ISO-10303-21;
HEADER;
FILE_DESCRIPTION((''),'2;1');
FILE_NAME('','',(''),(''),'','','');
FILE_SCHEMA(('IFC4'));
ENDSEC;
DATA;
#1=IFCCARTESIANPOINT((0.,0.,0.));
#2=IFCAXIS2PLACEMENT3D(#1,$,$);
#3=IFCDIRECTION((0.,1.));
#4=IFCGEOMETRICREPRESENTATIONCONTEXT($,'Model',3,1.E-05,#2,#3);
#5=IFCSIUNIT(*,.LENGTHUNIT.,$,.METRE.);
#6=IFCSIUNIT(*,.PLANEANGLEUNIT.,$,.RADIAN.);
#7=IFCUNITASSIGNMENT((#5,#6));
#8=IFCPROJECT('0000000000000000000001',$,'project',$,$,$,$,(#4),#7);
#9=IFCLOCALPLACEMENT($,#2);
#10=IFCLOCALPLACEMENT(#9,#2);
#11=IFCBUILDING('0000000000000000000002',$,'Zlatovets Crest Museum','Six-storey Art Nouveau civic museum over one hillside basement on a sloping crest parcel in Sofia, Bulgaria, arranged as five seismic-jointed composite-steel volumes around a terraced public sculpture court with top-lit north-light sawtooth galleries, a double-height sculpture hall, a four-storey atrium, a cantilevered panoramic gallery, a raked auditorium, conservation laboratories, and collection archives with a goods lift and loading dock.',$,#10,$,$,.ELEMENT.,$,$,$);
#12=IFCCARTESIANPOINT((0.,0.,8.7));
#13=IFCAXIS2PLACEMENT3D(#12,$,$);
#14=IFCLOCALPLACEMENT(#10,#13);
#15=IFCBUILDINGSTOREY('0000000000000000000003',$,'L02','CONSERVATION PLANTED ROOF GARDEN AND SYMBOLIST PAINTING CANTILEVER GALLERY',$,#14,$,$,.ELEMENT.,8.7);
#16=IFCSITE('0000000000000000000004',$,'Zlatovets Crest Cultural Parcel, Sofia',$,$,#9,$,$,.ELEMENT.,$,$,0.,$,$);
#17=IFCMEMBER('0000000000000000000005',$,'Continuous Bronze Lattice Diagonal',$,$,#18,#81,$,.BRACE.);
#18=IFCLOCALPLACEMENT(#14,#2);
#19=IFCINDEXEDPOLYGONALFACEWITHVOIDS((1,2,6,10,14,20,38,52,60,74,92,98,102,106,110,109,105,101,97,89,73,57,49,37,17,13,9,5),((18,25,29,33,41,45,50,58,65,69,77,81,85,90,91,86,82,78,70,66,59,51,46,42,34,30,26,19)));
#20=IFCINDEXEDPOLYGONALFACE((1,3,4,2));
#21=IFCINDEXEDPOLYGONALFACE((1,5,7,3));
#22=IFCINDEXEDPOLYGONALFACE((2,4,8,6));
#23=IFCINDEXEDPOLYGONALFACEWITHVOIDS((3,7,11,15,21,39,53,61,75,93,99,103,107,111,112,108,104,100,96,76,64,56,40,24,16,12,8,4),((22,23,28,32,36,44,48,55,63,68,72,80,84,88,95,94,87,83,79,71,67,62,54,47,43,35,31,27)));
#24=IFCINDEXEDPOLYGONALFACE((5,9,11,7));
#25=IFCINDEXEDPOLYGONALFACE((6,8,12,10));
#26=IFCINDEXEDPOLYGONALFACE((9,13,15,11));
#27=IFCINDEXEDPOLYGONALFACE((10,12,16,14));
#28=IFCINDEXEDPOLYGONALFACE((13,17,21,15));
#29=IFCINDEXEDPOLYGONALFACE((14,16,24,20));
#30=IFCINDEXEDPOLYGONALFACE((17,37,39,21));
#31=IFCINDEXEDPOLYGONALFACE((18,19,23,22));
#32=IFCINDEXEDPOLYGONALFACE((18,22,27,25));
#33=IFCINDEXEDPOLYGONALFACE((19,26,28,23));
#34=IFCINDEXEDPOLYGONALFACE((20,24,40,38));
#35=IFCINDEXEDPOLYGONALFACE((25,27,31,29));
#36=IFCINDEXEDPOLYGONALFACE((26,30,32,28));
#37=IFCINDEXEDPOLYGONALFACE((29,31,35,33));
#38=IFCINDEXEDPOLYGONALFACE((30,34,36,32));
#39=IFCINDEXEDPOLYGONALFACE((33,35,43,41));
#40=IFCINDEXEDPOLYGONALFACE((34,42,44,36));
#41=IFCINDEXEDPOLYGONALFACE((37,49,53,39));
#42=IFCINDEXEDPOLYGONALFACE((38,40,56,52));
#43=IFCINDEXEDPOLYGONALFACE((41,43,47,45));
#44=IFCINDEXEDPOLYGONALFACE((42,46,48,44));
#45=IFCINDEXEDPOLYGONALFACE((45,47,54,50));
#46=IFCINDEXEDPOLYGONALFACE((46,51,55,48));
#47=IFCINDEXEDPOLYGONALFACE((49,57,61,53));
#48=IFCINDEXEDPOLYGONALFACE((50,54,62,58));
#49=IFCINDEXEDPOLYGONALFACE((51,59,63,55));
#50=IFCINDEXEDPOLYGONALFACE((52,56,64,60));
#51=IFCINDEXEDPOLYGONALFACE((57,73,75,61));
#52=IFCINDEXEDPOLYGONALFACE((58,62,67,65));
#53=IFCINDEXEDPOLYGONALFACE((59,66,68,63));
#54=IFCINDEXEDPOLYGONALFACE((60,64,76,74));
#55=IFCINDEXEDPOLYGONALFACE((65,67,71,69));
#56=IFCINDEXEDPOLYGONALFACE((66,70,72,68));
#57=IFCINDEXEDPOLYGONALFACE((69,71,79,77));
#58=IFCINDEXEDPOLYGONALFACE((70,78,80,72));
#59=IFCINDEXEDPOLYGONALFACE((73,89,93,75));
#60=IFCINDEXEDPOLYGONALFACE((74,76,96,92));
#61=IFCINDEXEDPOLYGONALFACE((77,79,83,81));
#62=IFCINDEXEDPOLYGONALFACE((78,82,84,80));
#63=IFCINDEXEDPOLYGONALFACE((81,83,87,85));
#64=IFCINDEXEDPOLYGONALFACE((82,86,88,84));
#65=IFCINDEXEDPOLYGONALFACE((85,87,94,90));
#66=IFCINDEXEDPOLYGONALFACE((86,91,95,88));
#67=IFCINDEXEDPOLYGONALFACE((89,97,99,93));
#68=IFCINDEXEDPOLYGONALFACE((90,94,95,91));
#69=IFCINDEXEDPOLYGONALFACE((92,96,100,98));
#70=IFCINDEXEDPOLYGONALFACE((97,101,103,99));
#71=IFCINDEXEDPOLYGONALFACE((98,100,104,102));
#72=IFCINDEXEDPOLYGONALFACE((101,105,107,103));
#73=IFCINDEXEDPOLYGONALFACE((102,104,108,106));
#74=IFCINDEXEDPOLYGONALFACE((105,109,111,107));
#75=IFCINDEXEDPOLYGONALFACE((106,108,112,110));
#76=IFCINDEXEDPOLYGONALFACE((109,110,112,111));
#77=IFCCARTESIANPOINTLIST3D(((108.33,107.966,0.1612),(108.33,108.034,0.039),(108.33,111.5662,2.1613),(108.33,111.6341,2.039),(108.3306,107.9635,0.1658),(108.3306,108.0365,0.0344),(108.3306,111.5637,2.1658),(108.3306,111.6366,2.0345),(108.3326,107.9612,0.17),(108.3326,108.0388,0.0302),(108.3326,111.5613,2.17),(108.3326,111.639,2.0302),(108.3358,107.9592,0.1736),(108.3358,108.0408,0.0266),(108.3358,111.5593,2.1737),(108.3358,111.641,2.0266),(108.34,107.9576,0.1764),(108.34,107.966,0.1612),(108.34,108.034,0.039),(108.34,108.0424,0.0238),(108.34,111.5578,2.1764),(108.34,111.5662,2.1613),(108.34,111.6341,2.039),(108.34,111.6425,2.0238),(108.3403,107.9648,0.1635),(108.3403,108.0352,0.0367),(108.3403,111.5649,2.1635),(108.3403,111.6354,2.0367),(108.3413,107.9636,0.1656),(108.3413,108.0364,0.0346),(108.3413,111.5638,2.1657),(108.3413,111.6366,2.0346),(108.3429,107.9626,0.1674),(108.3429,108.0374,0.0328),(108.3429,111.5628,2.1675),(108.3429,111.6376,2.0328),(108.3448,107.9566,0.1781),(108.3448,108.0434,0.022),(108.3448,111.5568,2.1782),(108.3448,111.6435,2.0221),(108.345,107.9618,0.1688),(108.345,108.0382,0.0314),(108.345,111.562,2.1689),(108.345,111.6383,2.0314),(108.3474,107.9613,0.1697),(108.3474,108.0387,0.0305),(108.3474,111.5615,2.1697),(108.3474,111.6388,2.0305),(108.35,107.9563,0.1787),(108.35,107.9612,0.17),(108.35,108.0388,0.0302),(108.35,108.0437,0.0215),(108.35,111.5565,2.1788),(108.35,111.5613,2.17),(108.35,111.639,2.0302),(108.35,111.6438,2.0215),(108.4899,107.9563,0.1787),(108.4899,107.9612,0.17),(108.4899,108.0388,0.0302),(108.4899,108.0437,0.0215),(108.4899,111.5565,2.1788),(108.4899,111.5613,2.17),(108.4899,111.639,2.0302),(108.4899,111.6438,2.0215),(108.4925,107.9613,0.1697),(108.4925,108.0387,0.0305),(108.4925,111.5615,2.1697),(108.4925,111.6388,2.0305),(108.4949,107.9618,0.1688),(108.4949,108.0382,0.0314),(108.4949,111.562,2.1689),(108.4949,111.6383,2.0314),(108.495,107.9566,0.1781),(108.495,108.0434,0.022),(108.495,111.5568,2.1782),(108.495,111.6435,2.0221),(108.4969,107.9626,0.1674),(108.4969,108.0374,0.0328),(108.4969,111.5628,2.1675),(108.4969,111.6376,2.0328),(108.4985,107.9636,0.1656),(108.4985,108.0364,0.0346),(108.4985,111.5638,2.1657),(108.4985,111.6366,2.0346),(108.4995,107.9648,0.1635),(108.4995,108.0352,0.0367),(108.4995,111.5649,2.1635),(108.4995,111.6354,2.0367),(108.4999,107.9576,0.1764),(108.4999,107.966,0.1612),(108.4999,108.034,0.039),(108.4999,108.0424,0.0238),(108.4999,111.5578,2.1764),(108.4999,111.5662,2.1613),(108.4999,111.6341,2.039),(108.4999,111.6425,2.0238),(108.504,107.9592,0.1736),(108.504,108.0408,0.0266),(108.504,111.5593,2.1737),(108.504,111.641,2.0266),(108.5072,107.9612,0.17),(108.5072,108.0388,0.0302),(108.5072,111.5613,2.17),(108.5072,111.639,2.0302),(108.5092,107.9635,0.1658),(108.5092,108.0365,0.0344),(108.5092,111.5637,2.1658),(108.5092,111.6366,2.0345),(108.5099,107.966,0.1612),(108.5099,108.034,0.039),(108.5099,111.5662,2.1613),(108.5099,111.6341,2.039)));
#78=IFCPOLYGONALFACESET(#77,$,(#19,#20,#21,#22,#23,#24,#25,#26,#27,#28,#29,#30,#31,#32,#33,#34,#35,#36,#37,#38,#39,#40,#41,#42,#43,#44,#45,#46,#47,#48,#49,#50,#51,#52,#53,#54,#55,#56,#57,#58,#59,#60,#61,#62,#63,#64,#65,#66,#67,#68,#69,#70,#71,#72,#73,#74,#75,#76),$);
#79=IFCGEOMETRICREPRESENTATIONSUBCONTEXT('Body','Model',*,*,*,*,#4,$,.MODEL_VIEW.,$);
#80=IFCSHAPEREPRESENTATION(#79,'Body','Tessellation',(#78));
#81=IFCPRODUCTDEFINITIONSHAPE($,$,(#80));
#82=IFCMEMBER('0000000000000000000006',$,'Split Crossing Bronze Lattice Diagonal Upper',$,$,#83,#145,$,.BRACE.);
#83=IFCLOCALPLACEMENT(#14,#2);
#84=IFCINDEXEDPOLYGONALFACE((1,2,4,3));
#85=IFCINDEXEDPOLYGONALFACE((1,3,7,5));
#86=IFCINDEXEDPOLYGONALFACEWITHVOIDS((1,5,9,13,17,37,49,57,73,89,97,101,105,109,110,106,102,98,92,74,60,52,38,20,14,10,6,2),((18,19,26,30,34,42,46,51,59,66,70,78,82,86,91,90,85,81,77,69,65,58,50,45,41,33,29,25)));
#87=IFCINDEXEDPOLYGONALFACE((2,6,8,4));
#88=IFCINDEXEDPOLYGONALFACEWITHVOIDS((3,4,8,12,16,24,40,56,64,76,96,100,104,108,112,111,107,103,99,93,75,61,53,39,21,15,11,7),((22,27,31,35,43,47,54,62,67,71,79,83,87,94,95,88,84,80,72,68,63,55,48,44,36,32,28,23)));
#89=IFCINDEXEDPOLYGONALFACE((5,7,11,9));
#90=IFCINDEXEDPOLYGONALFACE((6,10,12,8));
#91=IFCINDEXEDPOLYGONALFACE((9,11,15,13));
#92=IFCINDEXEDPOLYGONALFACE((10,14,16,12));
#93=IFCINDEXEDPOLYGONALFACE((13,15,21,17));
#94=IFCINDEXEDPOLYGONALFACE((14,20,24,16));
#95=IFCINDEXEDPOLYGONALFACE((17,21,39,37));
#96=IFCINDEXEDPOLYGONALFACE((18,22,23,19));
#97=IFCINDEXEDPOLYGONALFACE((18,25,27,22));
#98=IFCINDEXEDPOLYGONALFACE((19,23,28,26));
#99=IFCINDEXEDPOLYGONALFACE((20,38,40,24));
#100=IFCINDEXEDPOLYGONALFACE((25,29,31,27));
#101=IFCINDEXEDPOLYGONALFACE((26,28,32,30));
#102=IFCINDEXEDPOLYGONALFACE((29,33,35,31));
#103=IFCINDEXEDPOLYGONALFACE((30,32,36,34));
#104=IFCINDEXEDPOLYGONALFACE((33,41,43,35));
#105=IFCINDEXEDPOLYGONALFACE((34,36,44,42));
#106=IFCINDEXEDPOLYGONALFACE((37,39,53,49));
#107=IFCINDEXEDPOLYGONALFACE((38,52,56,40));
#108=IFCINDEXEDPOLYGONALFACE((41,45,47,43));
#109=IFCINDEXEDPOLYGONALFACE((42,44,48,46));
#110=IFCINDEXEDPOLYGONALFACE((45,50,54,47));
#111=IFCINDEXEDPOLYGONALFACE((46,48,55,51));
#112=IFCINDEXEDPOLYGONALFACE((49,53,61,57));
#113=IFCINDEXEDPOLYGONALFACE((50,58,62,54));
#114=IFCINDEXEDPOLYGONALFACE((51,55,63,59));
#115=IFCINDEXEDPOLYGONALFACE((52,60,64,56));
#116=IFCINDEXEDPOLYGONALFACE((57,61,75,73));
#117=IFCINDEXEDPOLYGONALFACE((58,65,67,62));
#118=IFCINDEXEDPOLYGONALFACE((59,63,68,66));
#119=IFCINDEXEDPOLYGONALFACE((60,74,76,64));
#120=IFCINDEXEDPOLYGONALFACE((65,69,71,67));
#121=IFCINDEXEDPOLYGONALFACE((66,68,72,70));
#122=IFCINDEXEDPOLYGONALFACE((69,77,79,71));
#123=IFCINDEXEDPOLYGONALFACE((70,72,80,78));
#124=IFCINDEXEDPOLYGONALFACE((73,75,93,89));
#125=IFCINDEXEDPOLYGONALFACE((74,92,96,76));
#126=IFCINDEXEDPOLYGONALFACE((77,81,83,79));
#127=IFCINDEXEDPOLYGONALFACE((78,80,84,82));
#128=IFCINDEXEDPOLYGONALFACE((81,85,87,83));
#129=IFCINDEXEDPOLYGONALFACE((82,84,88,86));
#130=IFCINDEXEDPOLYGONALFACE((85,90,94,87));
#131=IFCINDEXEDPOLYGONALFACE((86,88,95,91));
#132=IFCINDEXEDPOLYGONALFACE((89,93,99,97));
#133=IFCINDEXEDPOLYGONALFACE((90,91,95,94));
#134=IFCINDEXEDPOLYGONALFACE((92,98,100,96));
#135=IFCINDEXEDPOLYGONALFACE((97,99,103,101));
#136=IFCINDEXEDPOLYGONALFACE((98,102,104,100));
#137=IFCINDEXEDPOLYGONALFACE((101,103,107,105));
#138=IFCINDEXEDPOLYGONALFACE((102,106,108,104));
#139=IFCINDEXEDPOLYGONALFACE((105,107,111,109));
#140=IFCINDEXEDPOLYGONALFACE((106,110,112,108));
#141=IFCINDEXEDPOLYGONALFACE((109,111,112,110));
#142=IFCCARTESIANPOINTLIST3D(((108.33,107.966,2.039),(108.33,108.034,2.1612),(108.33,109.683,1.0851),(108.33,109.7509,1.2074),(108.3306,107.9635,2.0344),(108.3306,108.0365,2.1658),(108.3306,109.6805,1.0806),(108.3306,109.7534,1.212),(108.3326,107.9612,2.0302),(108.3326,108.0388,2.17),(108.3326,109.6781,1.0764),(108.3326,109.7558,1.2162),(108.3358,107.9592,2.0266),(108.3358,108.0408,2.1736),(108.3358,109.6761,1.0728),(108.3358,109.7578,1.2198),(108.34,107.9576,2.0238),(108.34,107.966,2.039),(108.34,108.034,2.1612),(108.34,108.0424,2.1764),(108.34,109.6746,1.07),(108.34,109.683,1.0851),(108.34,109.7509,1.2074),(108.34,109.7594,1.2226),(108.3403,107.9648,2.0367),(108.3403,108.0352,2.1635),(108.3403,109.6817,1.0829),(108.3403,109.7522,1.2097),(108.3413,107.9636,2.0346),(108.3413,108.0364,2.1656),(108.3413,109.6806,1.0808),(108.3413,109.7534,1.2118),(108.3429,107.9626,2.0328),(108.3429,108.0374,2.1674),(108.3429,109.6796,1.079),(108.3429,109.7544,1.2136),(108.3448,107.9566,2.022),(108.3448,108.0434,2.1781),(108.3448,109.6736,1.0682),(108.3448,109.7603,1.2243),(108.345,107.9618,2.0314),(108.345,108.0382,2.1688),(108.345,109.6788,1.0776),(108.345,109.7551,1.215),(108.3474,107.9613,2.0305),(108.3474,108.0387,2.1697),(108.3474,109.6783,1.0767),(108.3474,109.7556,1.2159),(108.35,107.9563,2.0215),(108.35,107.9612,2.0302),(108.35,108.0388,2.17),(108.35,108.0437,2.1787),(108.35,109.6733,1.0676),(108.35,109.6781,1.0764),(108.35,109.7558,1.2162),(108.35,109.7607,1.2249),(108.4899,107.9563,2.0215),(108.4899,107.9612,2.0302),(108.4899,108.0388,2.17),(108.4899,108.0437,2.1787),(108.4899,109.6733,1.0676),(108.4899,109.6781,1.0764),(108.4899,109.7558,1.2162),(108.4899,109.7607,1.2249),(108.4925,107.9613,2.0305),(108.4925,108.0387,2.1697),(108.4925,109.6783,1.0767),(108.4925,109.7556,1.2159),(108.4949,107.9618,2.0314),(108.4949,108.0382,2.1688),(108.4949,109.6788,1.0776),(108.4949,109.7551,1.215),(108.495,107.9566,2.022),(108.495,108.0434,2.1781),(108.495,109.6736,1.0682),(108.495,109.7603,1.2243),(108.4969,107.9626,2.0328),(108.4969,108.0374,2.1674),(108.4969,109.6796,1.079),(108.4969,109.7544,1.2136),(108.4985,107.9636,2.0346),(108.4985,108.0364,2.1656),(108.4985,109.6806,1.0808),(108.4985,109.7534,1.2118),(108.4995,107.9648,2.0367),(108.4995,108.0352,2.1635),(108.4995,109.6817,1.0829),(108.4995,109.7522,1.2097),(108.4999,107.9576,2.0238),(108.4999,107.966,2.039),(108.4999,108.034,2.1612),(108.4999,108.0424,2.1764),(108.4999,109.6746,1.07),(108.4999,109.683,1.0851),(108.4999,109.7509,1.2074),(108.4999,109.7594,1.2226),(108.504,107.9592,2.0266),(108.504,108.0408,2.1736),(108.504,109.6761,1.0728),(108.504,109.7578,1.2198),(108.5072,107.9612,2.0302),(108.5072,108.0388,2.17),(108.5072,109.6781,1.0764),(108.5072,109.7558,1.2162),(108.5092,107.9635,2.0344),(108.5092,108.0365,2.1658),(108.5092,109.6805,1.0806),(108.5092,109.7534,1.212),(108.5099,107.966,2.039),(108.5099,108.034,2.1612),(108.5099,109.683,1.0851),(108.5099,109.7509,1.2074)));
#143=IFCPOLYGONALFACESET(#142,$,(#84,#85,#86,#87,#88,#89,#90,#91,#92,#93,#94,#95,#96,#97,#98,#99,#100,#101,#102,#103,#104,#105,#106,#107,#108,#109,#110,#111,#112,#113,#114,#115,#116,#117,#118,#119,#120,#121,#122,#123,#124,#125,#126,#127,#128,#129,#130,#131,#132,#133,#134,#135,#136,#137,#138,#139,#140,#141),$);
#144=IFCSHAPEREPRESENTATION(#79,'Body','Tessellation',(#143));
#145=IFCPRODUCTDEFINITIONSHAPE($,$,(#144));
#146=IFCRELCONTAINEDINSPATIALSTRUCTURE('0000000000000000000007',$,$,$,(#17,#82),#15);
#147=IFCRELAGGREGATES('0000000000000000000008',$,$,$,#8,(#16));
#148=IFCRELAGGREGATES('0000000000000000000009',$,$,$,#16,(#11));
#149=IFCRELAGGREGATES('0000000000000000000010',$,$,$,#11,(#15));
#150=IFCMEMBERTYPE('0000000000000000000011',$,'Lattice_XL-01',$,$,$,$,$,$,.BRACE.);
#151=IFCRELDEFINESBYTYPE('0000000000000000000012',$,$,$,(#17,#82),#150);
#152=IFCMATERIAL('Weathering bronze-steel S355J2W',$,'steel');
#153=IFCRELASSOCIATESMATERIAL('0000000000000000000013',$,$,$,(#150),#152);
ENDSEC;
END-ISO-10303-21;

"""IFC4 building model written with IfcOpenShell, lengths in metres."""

from ifc_helpers import new_model, si_unit, direction, frame, origin, origin_2d, place, context, subcontext, project, spatial, hollow_rectangle, extrude, material, material_profile, profile_set, type_object, element, save


model = new_model("IFC4")

# Units and contexts
model_context = context("Model", 3, precision=1e-05, world=origin(), true_north=direction((0.0, 1.0)))
body_context = subcontext(model_context, "Body", "Model", "MODEL_VIEW")
ifc_project = project(units=[si_unit("LENGTHUNIT", "METRE"), si_unit("PLANEANGLEUNIT", "RADIAN")], contexts=[model_context])

# Site, building, storey
site_placement = place(None, origin())
site = spatial("IfcSite", under=ifc_project, at=site_placement, Name="Zlatovets Crest Cultural Parcel, Sofia", CompositionType="ELEMENT", RefElevation=0.0)
building_placement = place(site_placement, origin())
building = spatial("IfcBuilding", under=site, at=building_placement, Name="Zlatovets Crest Museum", Description="Six-storey Art Nouveau civic museum over one hillside basement on a sloping crest parcel in Sofia, Bulgaria, arranged as five seismic-jointed composite-steel volumes around a terraced public sculpture court with top-lit north-light sawtooth galleries, a double-height sculpture hall, a four-storey atrium, a cantilevered panoramic gallery, a raked auditorium, conservation laboratories, and collection archives with a goods lift and loading dock.", CompositionType="ELEMENT")
storey_placement = place(building_placement, frame((0.0, 0.0, 8.7)))
storey = spatial("IfcBuildingStorey", under=building, at=storey_placement, Name="L02", Description="CONSERVATION PLANTED ROOF GARDEN AND SYMBOLIST PAINTING CANTILEVER GALLERY", CompositionType="ELEMENT", Elevation=8.7)

# Members
ifc_material_1 = material(Name="Weathering bronze-steel S355J2W", Category="steel")
ifc_material_profile_1 = material_profile(ifc_material_1, hollow_rectangle(XDim=0.1799, YDim=0.1799, WallThickness=0.01, InnerFilletRadius=0.01, OuterFilletRadius=0.02, at=origin_2d()), Name="SHS 180x180x10.0")
ifc_profile_set_1 = profile_set([ifc_material_profile_1], Name="Weathering bronze-steel S355J2W")
member_type_1 = type_object("IfcMemberType", Name="Lattice_XL-01", PredefinedType="BRACE", material=ifc_profile_set_1)
member_1_placement = place(storey_placement, frame((108.4199, 108.0, 0.1001), z_axis=(0.0, 0.874163, 0.485633), x_axis=(-1.0, 0.0, 0.0)))
element("IfcMember", 1, at=member_1_placement, inside=storey, type_object=member_type_1, Name="Continuous Bronze Lattice Diagonal", PredefinedType="BRACE", context=body_context, shape_type="SweptSolid", body=[
    extrude(hollow_rectangle(XDim=0.1799, YDim=0.1799, WallThickness=0.01, InnerFilletRadius=0.01, OuterFilletRadius=0.02, at=origin_2d()), origin(), (0.0, 0.0, 1.0), 4.1184),
])
for number, where, z_axis, x_axis, name in (
    (2, (108.4199, 108.0, 2.1001), (0.0, 0.874169, -0.485622), (-1.0, 0.0, 0.0), "Split Crossing Bronze Lattice Diagonal Upper"),
):
    element("IfcMember", number, at=place(storey_placement, frame(where, z_axis=z_axis, x_axis=x_axis)), inside=storey, type_object=member_type_1, Name=name, PredefinedType="BRACE", context=body_context, shape_type="SweptSolid", body=[
        extrude(hollow_rectangle(XDim=0.1799, YDim=0.1799, WallThickness=0.01, InnerFilletRadius=0.01, OuterFilletRadius=0.02, at=origin_2d()), origin(), (0.0, 0.0, 1.0), 1.9641),
    ])

save(model, "model.ifc")
